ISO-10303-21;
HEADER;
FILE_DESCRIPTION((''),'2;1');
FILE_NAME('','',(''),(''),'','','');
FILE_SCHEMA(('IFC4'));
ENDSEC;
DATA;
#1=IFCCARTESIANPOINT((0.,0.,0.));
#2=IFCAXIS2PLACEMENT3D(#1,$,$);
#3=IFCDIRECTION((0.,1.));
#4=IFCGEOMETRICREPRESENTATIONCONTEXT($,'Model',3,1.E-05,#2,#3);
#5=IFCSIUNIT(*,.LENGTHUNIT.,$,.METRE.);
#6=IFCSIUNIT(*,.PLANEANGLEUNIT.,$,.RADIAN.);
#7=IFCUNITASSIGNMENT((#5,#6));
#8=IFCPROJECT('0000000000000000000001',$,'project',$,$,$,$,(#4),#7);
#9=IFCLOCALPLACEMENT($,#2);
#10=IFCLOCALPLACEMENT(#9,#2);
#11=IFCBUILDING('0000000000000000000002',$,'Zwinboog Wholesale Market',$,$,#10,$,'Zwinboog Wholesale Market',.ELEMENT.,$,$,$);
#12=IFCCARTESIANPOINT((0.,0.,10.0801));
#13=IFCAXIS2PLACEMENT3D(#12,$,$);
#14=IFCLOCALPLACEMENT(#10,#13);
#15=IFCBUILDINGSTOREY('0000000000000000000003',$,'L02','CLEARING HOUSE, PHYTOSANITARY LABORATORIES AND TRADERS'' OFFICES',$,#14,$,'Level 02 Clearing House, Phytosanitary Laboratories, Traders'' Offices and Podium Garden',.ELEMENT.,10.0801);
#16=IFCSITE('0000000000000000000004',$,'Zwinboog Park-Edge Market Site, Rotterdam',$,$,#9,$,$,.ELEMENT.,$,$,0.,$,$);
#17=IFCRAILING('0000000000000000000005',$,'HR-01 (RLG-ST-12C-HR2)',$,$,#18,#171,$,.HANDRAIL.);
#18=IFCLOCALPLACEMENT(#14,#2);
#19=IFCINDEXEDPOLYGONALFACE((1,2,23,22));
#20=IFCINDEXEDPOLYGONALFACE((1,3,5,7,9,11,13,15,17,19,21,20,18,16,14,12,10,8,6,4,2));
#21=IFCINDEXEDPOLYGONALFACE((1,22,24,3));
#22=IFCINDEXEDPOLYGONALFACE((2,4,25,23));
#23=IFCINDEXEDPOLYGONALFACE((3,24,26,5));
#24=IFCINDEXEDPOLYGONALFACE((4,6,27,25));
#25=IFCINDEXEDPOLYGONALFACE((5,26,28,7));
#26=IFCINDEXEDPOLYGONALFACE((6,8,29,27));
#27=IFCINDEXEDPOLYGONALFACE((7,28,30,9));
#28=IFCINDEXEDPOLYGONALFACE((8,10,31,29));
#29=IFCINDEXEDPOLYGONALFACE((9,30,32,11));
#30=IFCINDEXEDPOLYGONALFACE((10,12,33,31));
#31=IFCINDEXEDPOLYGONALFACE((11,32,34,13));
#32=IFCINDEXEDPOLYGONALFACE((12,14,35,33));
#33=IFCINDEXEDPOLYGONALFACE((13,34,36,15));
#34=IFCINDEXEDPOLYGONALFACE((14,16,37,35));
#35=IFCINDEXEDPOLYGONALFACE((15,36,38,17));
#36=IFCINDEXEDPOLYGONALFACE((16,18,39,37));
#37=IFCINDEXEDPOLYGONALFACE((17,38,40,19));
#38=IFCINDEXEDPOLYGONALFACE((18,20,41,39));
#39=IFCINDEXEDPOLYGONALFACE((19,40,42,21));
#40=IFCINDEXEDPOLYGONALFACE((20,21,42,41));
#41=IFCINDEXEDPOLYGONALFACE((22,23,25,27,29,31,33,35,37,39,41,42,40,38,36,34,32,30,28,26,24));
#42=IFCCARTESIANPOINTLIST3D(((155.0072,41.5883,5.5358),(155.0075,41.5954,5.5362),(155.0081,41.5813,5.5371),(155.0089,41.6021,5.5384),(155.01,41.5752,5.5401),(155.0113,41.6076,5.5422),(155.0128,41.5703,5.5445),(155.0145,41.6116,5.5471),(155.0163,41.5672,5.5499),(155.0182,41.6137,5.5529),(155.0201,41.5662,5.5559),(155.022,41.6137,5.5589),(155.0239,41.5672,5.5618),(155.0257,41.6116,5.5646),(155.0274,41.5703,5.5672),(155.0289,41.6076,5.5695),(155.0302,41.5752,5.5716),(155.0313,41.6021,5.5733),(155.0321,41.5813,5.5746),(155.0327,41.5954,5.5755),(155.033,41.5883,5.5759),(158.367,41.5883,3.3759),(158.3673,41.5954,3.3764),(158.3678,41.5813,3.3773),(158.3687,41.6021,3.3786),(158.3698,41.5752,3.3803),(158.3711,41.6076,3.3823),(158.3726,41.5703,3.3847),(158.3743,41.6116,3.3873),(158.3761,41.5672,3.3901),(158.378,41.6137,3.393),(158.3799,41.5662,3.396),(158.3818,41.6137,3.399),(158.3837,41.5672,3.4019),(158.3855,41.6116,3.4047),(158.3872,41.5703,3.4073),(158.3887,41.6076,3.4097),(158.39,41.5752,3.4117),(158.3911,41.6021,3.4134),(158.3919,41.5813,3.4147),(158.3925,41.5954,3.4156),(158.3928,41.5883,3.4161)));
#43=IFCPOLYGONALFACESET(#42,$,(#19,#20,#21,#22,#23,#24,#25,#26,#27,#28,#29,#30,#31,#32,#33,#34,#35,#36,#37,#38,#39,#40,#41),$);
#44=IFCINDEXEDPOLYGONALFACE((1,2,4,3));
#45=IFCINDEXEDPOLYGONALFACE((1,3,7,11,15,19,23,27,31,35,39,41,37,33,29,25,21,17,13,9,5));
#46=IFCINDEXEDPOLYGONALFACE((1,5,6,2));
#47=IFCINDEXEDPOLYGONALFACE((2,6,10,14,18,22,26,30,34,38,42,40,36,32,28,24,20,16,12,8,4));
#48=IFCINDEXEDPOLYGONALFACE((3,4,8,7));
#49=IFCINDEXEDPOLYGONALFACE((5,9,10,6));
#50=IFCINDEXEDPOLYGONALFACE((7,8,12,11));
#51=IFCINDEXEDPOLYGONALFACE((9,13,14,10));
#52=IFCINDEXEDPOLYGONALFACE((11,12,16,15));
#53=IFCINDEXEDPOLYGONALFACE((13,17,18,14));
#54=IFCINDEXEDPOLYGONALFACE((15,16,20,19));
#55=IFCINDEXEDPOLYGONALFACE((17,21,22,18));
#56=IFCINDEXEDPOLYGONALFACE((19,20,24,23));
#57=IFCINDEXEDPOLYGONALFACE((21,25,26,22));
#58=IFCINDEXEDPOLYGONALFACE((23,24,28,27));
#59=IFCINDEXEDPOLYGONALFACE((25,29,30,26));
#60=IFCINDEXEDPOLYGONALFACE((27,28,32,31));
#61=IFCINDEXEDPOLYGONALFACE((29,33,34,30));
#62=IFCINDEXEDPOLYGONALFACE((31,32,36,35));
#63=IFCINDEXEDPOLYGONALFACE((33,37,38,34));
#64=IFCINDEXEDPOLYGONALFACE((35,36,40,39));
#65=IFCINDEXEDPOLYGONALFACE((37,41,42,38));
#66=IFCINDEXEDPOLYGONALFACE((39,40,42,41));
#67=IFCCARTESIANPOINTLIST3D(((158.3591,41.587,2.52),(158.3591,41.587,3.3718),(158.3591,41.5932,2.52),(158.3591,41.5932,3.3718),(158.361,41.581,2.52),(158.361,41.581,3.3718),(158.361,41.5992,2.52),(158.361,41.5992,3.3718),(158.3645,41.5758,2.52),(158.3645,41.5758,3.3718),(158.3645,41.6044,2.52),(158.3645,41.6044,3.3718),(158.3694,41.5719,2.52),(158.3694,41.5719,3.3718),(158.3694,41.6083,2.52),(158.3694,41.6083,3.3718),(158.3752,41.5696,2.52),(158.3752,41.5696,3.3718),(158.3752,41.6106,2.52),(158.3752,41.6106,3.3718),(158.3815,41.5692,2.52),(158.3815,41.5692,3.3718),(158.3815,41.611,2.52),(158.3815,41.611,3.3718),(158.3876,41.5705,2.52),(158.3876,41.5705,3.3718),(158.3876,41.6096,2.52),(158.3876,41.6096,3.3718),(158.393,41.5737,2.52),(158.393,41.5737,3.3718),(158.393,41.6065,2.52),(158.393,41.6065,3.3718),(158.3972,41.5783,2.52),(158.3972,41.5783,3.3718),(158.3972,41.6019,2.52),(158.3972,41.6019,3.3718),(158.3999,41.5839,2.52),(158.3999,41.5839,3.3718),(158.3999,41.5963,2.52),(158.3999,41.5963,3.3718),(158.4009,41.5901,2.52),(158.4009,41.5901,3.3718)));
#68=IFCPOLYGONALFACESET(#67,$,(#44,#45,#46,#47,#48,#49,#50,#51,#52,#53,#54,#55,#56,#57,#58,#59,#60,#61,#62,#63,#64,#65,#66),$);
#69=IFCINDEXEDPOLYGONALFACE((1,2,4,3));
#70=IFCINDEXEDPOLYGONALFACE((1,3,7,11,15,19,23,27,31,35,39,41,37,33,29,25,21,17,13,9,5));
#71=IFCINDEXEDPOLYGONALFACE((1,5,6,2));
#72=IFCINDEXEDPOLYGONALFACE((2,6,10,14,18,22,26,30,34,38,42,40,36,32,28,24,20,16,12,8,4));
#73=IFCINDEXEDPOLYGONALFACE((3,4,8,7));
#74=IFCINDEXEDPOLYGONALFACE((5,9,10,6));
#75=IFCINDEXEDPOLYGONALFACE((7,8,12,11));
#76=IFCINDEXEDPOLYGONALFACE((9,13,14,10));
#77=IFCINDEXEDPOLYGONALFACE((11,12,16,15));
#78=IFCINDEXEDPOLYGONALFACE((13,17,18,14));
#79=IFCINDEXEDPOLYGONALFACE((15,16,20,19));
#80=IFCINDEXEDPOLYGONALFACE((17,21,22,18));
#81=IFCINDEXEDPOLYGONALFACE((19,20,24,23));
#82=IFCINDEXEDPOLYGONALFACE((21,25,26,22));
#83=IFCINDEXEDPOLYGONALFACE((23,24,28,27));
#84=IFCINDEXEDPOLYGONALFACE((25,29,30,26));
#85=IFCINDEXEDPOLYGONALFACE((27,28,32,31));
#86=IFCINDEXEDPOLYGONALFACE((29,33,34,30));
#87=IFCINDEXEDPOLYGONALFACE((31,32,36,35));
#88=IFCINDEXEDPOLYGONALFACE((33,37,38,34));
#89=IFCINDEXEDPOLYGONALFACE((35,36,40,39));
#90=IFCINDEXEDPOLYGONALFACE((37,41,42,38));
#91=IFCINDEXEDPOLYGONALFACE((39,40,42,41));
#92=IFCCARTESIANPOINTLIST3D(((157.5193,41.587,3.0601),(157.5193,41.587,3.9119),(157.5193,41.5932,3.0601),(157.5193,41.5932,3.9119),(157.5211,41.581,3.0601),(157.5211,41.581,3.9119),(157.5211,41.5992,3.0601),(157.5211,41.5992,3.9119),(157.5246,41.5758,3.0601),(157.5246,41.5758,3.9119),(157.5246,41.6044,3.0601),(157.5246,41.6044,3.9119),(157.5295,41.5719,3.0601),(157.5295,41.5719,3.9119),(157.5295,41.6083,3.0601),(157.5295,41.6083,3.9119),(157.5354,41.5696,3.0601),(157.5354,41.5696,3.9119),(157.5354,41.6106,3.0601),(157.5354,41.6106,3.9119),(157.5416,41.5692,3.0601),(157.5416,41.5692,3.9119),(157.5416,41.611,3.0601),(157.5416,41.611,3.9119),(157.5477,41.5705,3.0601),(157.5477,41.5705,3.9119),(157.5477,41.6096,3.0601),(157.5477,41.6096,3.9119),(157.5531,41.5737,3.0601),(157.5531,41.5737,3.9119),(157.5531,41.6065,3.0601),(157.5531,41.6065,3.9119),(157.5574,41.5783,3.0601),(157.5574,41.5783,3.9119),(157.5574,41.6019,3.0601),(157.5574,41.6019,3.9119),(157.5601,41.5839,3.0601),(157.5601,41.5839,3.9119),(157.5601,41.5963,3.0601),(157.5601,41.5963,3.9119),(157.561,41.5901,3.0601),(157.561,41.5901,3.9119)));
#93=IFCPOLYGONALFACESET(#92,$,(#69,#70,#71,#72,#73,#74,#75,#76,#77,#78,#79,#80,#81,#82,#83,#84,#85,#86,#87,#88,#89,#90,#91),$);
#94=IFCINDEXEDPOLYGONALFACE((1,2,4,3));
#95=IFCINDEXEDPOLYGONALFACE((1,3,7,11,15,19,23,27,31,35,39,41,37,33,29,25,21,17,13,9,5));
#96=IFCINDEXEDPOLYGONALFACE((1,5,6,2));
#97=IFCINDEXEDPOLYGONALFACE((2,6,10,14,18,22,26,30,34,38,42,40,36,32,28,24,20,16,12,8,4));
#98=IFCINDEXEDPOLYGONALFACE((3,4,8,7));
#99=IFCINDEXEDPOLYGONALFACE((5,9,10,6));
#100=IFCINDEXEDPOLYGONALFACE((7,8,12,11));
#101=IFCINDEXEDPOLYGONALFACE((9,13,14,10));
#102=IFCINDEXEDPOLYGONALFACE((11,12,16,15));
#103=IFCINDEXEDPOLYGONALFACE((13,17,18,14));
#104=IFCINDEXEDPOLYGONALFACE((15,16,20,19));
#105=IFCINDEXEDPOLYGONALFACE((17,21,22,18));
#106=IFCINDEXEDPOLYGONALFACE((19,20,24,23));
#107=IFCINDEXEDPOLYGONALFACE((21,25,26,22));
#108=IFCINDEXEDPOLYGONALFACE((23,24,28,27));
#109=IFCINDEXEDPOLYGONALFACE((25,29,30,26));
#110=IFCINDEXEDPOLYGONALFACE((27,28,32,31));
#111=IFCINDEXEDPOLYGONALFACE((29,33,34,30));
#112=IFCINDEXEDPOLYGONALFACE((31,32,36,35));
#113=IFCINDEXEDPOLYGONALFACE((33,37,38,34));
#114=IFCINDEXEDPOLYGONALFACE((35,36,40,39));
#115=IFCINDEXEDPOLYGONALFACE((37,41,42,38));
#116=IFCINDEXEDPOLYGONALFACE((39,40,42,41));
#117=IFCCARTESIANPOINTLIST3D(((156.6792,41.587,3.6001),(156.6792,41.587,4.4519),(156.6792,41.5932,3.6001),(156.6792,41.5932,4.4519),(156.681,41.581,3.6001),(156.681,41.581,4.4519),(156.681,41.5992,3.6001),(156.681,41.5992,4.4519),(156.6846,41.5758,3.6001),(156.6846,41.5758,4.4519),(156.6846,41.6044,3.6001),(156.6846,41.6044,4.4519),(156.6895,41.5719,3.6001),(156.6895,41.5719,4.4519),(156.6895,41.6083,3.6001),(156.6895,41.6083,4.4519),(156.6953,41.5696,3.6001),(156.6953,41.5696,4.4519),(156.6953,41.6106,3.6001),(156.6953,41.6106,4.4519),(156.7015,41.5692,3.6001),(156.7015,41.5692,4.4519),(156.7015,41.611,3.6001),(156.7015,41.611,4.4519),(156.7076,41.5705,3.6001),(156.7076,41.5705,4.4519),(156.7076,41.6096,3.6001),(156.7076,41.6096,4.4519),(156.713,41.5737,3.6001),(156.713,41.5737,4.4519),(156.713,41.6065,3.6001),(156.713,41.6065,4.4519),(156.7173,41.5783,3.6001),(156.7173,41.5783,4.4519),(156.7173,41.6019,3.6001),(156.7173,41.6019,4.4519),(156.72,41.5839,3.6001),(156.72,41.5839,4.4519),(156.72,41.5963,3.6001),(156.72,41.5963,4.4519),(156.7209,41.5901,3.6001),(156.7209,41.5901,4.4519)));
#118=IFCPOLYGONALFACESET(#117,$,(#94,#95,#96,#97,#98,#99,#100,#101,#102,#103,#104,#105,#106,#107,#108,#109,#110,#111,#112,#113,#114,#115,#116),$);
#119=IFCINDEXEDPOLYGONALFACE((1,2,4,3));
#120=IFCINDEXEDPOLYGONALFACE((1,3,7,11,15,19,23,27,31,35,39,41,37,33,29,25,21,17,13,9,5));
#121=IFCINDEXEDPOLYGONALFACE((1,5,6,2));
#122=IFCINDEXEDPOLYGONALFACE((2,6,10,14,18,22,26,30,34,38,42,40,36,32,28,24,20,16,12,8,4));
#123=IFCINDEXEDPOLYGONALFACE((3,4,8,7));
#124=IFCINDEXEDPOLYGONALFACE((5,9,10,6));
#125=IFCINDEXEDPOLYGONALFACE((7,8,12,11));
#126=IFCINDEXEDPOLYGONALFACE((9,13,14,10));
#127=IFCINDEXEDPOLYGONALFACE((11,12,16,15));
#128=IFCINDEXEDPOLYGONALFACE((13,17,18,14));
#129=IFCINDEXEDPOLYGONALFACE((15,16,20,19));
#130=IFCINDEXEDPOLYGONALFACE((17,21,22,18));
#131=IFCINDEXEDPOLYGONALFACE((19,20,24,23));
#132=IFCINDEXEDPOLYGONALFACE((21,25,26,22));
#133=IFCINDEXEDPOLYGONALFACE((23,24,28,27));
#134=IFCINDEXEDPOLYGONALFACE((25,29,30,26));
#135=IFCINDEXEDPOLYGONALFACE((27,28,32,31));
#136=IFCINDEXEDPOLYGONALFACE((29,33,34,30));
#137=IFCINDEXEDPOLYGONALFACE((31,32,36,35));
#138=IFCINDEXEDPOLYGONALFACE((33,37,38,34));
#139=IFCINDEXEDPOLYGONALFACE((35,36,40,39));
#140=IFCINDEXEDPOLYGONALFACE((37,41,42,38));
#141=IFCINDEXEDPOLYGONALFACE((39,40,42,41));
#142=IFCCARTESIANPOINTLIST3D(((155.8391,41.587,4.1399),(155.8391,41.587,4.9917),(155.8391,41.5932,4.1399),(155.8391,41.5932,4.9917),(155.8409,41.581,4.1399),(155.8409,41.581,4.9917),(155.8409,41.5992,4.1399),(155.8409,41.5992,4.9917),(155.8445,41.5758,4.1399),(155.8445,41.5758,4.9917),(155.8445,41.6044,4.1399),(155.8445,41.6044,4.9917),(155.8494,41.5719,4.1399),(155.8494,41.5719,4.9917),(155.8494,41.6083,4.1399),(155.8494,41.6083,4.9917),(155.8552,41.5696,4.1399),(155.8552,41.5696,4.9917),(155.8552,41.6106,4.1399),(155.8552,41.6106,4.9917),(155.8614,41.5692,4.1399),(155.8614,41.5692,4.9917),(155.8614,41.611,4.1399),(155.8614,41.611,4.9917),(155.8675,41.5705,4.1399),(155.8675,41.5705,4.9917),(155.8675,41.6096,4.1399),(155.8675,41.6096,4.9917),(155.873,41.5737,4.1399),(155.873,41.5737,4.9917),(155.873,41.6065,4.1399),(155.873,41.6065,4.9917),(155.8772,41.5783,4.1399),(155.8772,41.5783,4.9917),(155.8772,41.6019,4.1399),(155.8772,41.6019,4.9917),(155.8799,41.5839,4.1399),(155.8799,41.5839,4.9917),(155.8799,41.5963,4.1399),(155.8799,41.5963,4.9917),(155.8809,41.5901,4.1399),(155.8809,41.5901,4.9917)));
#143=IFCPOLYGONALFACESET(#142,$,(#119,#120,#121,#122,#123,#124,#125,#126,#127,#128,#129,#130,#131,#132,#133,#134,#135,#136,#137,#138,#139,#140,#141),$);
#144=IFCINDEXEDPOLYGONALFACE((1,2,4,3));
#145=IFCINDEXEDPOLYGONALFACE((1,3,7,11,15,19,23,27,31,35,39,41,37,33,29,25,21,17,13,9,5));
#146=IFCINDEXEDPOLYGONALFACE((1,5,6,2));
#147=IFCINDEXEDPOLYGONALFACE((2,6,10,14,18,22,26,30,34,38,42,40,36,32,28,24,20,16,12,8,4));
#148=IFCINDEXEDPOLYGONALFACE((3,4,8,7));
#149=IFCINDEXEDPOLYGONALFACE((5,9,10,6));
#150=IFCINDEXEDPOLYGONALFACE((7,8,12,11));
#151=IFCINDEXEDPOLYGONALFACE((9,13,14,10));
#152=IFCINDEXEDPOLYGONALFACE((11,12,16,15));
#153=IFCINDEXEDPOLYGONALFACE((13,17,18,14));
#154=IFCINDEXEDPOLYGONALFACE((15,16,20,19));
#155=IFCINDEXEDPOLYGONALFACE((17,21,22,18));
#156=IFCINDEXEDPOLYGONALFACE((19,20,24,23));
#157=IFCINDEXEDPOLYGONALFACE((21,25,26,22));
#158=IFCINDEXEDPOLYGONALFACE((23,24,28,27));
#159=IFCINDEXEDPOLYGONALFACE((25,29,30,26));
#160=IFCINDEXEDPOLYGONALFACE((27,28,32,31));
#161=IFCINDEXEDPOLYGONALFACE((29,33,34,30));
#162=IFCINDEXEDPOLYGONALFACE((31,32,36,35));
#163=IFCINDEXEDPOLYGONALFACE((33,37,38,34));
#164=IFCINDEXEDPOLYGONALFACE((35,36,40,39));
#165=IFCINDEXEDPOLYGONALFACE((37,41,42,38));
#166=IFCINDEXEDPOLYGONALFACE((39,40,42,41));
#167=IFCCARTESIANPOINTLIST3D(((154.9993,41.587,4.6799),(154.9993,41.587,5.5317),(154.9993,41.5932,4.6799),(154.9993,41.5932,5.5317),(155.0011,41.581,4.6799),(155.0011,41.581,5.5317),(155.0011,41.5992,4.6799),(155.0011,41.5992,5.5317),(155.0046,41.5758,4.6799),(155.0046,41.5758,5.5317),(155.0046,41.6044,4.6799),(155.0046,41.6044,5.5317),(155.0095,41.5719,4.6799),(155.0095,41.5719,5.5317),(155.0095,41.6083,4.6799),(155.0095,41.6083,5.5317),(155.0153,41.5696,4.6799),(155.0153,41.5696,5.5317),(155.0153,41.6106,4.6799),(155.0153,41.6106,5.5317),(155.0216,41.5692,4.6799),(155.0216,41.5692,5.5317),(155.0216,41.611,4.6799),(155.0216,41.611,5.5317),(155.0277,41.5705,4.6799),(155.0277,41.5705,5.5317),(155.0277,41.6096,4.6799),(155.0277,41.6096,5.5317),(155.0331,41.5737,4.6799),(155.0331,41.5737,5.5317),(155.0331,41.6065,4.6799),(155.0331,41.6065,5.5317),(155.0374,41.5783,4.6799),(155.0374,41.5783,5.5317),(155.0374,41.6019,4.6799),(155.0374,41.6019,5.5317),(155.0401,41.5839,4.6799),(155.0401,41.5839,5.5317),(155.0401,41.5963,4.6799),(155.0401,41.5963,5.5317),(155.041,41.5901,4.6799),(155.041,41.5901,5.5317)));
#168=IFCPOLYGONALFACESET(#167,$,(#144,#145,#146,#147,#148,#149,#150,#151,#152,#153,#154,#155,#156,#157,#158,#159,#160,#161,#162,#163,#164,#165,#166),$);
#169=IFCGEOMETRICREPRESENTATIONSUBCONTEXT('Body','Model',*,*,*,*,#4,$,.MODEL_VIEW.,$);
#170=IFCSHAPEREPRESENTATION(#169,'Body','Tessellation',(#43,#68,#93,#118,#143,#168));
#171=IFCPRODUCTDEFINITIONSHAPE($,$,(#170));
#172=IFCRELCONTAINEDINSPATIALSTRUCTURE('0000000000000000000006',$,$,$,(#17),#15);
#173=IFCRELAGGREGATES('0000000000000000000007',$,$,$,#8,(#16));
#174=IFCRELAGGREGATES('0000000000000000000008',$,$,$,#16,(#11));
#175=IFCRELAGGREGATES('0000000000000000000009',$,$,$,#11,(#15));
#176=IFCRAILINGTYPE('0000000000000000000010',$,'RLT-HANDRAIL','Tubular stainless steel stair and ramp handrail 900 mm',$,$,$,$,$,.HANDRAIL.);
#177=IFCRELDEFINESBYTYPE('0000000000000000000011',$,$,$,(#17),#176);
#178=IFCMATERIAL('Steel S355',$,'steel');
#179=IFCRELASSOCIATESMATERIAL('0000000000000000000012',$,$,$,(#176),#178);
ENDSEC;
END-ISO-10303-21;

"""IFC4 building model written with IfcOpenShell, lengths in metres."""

from ifc_helpers import new_model, si_unit, direction, frame, origin, origin_2d, place, context, subcontext, project, spatial, circle, extrude, material, type_object, element, save


model = new_model("IFC4")

# Units and contexts
model_context = context("Model", 3, precision=1e-05, world=origin(), true_north=direction((0.0, 1.0)))
body_context = subcontext(model_context, "Body", "Model", "MODEL_VIEW")
ifc_project = project(units=[si_unit("LENGTHUNIT", "METRE"), si_unit("PLANEANGLEUNIT", "RADIAN")], contexts=[model_context])

# Site, building, storey
site_placement = place(None, origin())
site = spatial("IfcSite", under=ifc_project, at=site_placement, Name="Zwinboog Park-Edge Market Site, Rotterdam", CompositionType="ELEMENT", RefElevation=0.0)
building_placement = place(site_placement, origin())
building = spatial("IfcBuilding", under=site, at=building_placement, Name="Zwinboog Wholesale Market", LongName="Zwinboog Wholesale Market", CompositionType="ELEMENT")
storey_placement = place(building_placement, frame((0.0, 0.0, 10.0801)))
storey = spatial("IfcBuildingStorey", under=building, at=storey_placement, Name="L02", Description="CLEARING HOUSE, PHYTOSANITARY LABORATORIES AND TRADERS' OFFICES", LongName="Level 02 Clearing House, Phytosanitary Laboratories, Traders' Offices and Podium Garden", CompositionType="ELEMENT", Elevation=10.0801)

# Railing
ifc_material_1 = material(Name="Steel S355", Category="steel")
railing_type = type_object("IfcRailingType", Name="RLT-HANDRAIL", Description="Tubular stainless steel stair and ramp handrail 900 mm", PredefinedType="HANDRAIL", material=ifc_material_1)
railing_placement = place(storey_placement, frame((158.3799, 41.5901, 2.52)))
element("IfcRailing", 1, at=railing_placement, inside=storey, type_object=railing_type, Name="HR-01 (RLG-ST-12C-HR2)", PredefinedType="HANDRAIL", context=body_context, shape_type="SweptSolid", body=[
    extrude(circle(Radius=0.0239, at=origin_2d()), frame((0.0, 0.0, 0.876), z_axis=(-0.841178, 0.0, 0.540758), x_axis=(0.0, -1.0, 0.0)), (0.0, 0.0, 1.0), 3.9941),
    extrude(circle(Radius=0.021, at=origin_2d()), origin(), (0.0, 0.0, 1.0), 0.8518),
    extrude(circle(Radius=0.021, at=origin_2d()), frame((-0.8398, 0.0, 0.54)), (0.0, 0.0, 1.0), 0.8518),
    extrude(circle(Radius=0.021, at=origin_2d()), frame((-1.6799, 0.0, 1.0801)), (0.0, 0.0, 1.0), 0.8518),
    extrude(circle(Radius=0.021, at=origin_2d()), frame((-2.52, 0.0, 1.6199)), (0.0, 0.0, 1.0), 0.8518),
    extrude(circle(Radius=0.021, at=origin_2d()), frame((-3.3599, 0.0, 2.1599)), (0.0, 0.0, 1.0), 0.8518),
])

save(model, "model.ifc")
